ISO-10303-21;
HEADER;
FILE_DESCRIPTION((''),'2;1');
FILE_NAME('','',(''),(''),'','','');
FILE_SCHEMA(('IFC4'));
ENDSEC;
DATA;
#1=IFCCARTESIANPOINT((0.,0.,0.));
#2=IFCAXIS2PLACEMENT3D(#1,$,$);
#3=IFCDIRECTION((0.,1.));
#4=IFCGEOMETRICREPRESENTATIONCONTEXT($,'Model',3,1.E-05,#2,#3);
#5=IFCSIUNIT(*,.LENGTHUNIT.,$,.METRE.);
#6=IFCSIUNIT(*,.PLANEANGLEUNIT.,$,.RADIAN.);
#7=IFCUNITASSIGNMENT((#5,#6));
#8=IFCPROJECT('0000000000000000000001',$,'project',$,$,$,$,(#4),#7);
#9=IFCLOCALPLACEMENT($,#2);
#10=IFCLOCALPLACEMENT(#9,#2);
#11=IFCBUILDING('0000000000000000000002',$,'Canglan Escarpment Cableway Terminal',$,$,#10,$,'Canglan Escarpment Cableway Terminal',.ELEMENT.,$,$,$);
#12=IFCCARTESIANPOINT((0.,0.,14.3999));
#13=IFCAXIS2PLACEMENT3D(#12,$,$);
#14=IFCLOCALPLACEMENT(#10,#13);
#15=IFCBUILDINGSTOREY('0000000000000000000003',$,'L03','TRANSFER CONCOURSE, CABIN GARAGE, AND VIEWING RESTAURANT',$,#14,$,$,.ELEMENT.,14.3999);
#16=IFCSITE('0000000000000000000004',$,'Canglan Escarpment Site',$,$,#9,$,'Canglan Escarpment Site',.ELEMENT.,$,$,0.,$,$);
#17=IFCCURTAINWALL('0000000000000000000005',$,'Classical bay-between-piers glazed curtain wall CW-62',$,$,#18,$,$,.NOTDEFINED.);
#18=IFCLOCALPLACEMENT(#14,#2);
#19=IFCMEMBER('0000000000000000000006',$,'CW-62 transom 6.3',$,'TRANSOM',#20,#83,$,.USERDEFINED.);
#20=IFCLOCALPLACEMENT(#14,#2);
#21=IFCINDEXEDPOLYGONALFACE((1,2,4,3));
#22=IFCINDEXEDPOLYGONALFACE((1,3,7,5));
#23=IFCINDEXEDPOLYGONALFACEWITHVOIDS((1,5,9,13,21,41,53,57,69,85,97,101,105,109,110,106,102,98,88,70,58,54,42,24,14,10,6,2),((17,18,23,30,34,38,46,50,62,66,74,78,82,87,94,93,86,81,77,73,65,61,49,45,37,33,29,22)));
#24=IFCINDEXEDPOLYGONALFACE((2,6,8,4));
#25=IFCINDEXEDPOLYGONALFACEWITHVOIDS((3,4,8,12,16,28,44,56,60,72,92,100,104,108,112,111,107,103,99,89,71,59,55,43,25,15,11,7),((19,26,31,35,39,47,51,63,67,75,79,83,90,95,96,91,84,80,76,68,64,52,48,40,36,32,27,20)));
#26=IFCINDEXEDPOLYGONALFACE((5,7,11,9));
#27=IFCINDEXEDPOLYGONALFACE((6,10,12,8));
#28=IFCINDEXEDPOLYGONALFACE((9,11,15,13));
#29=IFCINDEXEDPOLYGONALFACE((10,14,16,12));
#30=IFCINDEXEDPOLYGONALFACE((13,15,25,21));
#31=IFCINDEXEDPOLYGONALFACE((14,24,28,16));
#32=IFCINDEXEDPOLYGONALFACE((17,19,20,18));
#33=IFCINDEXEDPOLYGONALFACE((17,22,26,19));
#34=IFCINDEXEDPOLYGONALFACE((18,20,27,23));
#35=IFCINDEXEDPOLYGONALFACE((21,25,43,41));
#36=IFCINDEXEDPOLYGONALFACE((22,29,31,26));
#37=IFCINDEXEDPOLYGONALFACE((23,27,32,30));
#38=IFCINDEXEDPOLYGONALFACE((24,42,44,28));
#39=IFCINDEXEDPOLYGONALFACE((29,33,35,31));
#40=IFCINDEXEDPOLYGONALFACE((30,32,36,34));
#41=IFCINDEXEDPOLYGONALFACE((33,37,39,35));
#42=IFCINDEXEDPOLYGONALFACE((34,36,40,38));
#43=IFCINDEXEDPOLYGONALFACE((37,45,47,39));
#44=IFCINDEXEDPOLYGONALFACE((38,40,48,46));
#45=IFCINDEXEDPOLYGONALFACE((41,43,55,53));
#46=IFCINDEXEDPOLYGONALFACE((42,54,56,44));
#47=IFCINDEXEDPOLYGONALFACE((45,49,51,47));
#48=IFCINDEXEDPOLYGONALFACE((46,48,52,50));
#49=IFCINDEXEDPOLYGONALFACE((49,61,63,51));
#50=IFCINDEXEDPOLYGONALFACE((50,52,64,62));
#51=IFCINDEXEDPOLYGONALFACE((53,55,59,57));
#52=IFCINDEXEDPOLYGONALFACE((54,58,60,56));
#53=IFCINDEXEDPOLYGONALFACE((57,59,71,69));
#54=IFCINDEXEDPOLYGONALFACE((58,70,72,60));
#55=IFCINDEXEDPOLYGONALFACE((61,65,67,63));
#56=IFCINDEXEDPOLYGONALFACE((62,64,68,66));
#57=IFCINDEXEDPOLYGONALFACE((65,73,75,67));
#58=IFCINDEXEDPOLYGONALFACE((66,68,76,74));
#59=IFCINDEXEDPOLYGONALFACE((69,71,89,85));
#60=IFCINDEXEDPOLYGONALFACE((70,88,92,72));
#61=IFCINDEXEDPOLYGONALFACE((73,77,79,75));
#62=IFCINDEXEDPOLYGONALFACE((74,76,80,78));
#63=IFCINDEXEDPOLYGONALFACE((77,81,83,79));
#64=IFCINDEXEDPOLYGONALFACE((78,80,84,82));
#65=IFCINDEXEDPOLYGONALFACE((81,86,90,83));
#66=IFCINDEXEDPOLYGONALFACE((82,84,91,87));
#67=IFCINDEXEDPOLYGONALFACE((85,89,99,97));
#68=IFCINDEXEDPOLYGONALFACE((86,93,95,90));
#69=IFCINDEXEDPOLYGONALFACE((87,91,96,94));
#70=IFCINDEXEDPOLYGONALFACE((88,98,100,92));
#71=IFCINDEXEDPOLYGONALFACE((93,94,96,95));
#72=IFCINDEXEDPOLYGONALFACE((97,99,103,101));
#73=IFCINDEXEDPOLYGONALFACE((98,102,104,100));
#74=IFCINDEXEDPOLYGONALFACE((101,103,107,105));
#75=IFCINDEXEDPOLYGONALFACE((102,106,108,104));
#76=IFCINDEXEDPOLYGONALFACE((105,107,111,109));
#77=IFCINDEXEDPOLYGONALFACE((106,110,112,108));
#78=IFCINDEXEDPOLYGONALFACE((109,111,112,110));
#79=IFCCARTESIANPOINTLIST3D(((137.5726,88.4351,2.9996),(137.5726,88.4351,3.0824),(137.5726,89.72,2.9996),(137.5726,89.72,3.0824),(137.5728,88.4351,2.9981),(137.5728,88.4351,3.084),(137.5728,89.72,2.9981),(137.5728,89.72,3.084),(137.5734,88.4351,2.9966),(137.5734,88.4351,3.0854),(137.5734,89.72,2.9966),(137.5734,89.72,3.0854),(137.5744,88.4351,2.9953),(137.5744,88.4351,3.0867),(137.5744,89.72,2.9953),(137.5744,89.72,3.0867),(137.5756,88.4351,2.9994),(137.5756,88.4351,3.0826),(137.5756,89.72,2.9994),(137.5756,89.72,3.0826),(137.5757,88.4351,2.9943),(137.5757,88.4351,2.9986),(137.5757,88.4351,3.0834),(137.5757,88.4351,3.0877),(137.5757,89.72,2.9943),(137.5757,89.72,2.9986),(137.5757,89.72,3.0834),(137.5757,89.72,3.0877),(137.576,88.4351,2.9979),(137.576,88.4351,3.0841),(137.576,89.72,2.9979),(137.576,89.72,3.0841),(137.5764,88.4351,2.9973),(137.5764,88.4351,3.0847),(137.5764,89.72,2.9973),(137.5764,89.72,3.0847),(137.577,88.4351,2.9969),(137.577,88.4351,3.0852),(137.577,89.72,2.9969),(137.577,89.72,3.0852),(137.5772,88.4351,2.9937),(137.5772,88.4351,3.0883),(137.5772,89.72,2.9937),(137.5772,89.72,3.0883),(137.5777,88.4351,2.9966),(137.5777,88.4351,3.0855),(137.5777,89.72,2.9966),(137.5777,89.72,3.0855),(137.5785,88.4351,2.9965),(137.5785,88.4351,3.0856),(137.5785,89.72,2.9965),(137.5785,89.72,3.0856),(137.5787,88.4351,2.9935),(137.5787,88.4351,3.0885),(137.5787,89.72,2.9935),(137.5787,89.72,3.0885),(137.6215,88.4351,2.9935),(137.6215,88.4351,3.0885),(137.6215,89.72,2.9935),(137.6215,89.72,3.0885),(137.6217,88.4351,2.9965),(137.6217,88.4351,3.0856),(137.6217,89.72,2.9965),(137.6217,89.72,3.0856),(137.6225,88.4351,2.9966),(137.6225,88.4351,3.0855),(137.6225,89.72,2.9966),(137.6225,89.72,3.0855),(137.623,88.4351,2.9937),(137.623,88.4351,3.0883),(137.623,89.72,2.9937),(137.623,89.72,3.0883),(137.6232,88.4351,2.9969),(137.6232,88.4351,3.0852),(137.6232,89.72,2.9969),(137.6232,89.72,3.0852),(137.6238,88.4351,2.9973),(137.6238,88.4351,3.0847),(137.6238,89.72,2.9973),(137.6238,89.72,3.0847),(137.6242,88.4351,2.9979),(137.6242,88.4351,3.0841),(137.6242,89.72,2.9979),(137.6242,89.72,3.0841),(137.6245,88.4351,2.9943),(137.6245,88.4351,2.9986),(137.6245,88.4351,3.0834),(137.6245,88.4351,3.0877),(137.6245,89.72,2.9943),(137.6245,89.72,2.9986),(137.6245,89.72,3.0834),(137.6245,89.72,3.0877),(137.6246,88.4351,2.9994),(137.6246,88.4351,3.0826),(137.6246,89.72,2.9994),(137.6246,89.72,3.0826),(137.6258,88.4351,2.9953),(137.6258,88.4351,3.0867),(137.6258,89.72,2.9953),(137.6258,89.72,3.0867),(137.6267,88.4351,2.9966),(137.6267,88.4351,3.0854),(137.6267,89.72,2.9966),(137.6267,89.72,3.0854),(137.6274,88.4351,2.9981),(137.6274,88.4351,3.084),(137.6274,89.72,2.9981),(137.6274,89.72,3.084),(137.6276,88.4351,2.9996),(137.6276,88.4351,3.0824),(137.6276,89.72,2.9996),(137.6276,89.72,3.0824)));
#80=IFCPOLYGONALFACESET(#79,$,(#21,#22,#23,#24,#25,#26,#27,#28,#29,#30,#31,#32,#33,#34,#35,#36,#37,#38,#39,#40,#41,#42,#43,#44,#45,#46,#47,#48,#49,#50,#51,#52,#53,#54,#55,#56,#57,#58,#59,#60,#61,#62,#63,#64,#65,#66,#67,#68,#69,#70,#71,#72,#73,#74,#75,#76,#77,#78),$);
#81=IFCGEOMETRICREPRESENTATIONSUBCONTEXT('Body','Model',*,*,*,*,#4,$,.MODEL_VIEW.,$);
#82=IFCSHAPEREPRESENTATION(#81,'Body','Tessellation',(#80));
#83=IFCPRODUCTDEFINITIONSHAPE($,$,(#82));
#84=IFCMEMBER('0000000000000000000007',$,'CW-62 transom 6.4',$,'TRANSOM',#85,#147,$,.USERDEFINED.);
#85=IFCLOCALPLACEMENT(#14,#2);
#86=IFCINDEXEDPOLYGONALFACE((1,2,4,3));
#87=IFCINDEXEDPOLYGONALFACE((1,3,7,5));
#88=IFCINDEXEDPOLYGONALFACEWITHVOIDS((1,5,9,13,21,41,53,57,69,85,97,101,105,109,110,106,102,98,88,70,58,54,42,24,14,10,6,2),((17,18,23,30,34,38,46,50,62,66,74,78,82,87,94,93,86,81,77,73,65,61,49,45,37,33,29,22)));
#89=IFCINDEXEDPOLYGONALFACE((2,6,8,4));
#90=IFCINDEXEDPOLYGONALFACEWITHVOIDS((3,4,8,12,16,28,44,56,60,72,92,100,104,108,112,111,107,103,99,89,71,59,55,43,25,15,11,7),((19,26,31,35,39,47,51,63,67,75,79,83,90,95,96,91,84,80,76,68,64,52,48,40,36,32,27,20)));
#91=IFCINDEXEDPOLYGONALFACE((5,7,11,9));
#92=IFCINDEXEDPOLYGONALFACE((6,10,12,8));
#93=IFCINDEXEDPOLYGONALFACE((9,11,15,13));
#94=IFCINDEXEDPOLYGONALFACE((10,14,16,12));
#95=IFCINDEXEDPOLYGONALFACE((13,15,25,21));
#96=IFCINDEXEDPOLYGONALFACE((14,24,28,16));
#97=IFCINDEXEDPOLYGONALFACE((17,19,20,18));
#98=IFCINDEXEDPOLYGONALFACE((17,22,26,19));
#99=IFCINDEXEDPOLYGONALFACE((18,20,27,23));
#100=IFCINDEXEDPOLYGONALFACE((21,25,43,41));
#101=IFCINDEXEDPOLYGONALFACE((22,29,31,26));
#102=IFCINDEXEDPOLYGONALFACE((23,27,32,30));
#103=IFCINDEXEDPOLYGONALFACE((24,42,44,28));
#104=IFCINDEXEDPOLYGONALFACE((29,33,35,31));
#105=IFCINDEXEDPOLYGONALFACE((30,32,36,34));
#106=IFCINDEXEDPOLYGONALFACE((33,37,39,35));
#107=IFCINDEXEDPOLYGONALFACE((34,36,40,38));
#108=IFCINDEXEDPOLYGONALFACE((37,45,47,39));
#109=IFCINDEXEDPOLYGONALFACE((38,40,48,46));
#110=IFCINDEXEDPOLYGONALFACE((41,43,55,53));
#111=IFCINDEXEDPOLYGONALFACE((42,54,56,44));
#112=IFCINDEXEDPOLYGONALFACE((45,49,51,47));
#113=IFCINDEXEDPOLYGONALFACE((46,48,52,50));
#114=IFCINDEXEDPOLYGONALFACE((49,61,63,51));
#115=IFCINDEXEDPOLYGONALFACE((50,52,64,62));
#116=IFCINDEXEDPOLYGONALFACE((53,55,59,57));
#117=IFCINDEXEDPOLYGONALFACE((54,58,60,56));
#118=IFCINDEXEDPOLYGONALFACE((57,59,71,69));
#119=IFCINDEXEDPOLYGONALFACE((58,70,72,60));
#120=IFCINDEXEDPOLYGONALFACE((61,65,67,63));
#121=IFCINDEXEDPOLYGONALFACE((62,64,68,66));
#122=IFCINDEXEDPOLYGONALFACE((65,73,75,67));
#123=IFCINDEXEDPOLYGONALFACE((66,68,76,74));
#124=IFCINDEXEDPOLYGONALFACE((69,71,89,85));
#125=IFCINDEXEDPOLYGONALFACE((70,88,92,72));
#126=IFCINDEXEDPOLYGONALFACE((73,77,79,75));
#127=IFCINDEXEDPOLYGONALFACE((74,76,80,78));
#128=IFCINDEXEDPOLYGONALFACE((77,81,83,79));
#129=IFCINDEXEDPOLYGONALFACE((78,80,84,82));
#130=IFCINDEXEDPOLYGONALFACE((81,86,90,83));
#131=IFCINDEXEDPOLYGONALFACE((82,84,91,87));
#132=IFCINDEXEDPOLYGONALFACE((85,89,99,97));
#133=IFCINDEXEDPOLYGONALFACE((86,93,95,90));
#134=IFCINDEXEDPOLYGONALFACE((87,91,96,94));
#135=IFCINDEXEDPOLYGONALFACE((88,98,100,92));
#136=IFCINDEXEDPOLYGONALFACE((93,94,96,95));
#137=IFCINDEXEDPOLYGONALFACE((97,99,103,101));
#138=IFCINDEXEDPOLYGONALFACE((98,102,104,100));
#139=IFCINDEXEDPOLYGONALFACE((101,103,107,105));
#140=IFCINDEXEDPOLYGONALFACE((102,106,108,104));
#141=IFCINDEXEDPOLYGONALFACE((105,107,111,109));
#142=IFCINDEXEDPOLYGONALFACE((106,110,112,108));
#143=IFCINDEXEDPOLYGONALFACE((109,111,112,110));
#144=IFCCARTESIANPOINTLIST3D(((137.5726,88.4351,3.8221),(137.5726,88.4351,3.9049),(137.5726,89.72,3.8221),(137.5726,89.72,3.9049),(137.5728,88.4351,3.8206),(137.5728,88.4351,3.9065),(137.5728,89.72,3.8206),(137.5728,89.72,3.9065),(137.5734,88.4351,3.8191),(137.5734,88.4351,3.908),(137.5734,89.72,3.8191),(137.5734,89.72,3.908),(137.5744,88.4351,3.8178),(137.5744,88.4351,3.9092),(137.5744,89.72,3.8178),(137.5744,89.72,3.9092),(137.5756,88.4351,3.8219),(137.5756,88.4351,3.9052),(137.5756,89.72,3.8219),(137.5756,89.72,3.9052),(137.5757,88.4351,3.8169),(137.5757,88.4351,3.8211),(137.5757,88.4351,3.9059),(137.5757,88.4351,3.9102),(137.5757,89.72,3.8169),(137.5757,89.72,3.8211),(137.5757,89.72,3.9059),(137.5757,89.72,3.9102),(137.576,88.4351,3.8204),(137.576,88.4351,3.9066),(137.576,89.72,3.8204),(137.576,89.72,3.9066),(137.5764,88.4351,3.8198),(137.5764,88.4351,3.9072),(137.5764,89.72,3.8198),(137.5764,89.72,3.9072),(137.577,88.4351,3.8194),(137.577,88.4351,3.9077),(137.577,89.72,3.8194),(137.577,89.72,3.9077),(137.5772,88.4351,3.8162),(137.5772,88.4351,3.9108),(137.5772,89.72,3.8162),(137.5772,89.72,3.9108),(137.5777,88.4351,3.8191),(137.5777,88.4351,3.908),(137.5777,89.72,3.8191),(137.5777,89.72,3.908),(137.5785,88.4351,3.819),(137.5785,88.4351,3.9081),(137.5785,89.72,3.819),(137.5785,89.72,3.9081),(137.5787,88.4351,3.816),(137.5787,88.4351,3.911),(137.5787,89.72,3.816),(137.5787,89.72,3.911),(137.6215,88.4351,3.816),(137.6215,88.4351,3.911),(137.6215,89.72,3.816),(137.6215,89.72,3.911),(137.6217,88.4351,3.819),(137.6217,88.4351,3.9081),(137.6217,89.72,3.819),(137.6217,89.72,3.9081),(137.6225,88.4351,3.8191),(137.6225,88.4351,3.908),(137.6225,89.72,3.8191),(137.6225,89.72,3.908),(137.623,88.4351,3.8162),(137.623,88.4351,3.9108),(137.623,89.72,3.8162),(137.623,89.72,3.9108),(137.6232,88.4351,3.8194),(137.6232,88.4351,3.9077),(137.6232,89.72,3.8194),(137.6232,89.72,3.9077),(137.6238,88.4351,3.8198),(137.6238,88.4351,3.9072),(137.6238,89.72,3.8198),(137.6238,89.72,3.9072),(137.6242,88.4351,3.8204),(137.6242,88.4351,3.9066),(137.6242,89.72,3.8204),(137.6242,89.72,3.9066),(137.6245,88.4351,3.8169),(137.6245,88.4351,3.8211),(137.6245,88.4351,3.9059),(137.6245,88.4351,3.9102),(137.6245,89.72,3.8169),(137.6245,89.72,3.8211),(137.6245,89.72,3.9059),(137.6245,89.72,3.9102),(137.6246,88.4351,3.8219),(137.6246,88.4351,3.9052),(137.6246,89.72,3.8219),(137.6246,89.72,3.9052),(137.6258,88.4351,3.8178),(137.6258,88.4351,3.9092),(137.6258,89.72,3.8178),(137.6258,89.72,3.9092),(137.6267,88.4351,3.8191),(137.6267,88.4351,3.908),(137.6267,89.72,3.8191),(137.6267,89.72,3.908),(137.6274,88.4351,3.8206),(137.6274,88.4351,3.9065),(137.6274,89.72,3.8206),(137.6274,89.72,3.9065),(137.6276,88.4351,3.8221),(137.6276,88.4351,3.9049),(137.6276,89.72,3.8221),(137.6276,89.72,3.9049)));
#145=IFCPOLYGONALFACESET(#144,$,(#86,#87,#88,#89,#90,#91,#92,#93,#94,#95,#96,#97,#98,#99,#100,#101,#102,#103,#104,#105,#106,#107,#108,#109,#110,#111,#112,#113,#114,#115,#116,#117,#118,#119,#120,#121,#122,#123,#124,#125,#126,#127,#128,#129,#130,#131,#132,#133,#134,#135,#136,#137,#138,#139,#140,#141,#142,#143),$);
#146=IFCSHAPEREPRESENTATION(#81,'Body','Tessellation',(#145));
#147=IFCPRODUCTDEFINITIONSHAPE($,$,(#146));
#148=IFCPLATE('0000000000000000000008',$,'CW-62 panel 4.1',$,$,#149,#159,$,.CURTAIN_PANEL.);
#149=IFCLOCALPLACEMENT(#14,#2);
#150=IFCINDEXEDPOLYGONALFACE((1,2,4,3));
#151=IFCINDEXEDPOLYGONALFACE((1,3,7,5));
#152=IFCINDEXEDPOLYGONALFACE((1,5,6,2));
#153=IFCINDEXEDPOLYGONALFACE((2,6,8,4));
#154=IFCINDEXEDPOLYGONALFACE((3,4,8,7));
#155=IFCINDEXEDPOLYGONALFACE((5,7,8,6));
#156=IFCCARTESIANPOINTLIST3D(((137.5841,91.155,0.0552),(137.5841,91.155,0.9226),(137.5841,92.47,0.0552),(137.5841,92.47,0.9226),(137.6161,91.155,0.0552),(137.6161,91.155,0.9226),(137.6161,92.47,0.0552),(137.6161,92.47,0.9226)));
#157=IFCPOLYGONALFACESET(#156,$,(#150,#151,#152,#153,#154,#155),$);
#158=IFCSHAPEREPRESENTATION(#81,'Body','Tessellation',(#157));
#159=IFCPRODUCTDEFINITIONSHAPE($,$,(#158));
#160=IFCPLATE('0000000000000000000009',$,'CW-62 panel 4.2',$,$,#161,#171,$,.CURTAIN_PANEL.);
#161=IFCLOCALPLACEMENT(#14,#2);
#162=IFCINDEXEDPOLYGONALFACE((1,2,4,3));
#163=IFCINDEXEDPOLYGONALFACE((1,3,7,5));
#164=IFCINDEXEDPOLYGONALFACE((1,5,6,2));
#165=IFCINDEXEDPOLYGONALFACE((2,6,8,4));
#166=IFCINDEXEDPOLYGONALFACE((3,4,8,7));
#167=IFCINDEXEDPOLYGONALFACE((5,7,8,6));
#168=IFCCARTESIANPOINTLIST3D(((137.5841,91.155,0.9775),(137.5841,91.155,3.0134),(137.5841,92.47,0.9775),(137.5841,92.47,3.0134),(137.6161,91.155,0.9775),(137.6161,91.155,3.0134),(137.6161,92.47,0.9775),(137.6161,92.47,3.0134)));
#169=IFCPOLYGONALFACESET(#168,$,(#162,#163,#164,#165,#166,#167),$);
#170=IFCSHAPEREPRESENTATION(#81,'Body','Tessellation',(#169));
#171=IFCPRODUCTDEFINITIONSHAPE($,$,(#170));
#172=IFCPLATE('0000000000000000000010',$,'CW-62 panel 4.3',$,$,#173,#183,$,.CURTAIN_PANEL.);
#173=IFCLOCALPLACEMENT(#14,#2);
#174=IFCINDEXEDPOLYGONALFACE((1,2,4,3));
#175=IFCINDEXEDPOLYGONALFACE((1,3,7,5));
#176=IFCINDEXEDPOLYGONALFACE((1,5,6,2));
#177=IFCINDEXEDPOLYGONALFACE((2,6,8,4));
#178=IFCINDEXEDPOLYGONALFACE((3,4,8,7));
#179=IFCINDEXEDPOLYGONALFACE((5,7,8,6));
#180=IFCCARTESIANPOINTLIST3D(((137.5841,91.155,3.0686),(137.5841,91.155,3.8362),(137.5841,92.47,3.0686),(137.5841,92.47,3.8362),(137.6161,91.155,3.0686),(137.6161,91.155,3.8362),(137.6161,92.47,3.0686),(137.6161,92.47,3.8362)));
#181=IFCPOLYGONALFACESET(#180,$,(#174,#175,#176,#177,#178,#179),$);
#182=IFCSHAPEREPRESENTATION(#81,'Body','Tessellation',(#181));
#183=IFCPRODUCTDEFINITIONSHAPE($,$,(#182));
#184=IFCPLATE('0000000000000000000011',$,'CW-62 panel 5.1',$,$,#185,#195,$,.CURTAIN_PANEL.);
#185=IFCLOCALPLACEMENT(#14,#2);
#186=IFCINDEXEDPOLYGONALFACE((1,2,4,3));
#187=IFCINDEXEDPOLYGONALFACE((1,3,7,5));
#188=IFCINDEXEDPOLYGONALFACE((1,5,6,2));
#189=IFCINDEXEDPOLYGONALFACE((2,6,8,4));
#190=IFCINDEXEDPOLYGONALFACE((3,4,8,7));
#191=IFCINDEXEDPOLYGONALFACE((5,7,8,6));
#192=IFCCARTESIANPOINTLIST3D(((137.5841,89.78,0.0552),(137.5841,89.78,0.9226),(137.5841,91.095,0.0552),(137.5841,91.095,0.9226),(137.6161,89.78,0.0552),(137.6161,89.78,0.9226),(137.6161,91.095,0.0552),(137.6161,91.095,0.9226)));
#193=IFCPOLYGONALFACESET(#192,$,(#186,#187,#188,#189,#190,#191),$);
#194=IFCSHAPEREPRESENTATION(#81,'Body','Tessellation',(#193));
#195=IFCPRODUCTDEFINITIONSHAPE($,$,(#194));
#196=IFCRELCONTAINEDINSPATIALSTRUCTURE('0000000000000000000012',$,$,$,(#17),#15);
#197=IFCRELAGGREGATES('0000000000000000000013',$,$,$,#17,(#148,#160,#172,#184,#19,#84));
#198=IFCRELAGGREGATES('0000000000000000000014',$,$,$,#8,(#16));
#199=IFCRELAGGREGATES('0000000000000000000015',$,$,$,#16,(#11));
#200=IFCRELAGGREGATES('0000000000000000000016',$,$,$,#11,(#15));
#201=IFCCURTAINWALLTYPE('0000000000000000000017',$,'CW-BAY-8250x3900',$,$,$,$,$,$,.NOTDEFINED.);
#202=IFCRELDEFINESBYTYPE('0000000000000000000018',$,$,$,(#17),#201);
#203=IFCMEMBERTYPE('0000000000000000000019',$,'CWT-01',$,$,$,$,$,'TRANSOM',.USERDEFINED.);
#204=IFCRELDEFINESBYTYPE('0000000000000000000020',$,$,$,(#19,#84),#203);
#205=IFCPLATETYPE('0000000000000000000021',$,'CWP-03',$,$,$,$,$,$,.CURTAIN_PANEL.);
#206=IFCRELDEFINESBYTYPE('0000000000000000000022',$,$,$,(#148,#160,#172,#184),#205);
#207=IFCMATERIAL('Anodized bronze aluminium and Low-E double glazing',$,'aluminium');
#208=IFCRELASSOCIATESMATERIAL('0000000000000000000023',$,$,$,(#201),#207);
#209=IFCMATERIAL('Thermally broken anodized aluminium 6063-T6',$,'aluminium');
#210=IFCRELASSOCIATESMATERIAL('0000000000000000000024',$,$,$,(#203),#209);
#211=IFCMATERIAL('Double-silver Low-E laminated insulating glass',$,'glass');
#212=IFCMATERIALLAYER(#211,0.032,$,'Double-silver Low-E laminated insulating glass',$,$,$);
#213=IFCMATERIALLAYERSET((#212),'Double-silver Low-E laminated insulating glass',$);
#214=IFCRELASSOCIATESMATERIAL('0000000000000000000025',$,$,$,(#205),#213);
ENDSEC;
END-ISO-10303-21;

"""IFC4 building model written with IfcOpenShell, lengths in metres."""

from ifc_helpers import new_model, si_unit, direction, frame, origin, origin_2d, place, context, subcontext, project, spatial, rectangle, hollow_rectangle, extrude, material, layer, layer_set, material_profile, profile_set, type_object, element, aggregate, save


model = new_model("IFC4")

# Units and contexts
model_context = context("Model", 3, precision=1e-05, world=origin(), true_north=direction((0.0, 1.0)))
body_context = subcontext(model_context, "Body", "Model", "MODEL_VIEW")
ifc_project = project(units=[si_unit("LENGTHUNIT", "METRE"), si_unit("PLANEANGLEUNIT", "RADIAN")], contexts=[model_context])

# Site, building, storey
site_placement = place(None, origin())
site = spatial("IfcSite", under=ifc_project, at=site_placement, Name="Canglan Escarpment Site", LongName="Canglan Escarpment Site", CompositionType="ELEMENT", RefElevation=0.0)
building_placement = place(site_placement, origin())
building = spatial("IfcBuilding", under=site, at=building_placement, Name="Canglan Escarpment Cableway Terminal", LongName="Canglan Escarpment Cableway Terminal", CompositionType="ELEMENT")
storey_placement = place(building_placement, frame((0.0, 0.0, 14.3999)))
storey = spatial("IfcBuildingStorey", under=building, at=storey_placement, Name="L03", Description="TRANSFER CONCOURSE, CABIN GARAGE, AND VIEWING RESTAURANT", CompositionType="ELEMENT", Elevation=14.3999)

# Curtain wall, members, plates
ifc_material_1 = material(Name="Anodized bronze aluminium and Low-E double glazing", Category="aluminium")
curtain_wall_type = type_object("IfcCurtainWallType", Name="CW-BAY-8250x3900", PredefinedType="NOTDEFINED", material=ifc_material_1)
curtain_wall_placement = place(storey_placement, origin())
curtain_wall = element("IfcCurtainWall", 1, at=curtain_wall_placement, inside=storey, type_object=curtain_wall_type, Name="Classical bay-between-piers glazed curtain wall CW-62", PredefinedType="NOTDEFINED")
ifc_material_2 = material(Name="Thermally broken anodized aluminium 6063-T6", Category="aluminium")
ifc_material_profile_1 = material_profile(ifc_material_2, hollow_rectangle(XDim=0.0549, YDim=0.095, WallThickness=0.0029, InnerFilletRadius=0.0029, OuterFilletRadius=0.0061, at=origin_2d()), Name="ALU-TRAN 55x95x3")
ifc_profile_set_1 = profile_set([ifc_material_profile_1], Name="Thermally broken anodized aluminium 6063-T6")
member_type_1 = type_object("IfcMemberType", Name="CWT-01", ElementType="TRANSOM", PredefinedType="USERDEFINED", material=ifc_profile_set_1)
member_1_placement = place(storey_placement, frame((137.6001, 89.72, 3.041), z_axis=(0.0, -1.0, 0.0), x_axis=(1.0, 0.0, 0.0)))
member_1 = element("IfcMember", 2, at=member_1_placement, type_object=member_type_1, Name="CW-62 transom 6.3", ObjectType="TRANSOM", PredefinedType="USERDEFINED", context=body_context, shape_type="SweptSolid", body=[
    extrude(hollow_rectangle(XDim=0.0549, YDim=0.095, WallThickness=0.0029, InnerFilletRadius=0.0029, OuterFilletRadius=0.0061, at=origin_2d()), origin(), (0.0, 0.0, 1.0), 1.2849),
])
member_2_placement = place(storey_placement, frame((137.6001, 89.72, 3.8635), z_axis=(0.0, -1.0, 0.0), x_axis=(1.0, 0.0, 0.0)))
member_2 = element("IfcMember", 3, at=member_2_placement, type_object=member_type_1, Name="CW-62 transom 6.4", ObjectType="TRANSOM", PredefinedType="USERDEFINED", context=body_context, shape_type="SweptSolid", body=[
    extrude(hollow_rectangle(XDim=0.0549, YDim=0.095, WallThickness=0.0029, InnerFilletRadius=0.0029, OuterFilletRadius=0.0061, at=origin_2d()), origin(), (0.0, 0.0, 1.0), 1.2849),
])
ifc_material_3 = material(Name="Double-silver Low-E laminated insulating glass", Category="glass")
ifc_layer_1 = layer(ifc_material_3, 0.032, Name="Double-silver Low-E laminated insulating glass")
ifc_layer_set_1 = layer_set([ifc_layer_1], Name="Double-silver Low-E laminated insulating glass")
plate_type = type_object("IfcPlateType", Name="CWP-03", PredefinedType="CURTAIN_PANEL", material=ifc_layer_set_1)
plate_1_placement = place(storey_placement, frame((137.6001, 91.8125, 0.0552), z_axis=(0.0, 0.0, 1.0), x_axis=(0.0, -1.0, 0.0)))
plate_1 = element("IfcPlate", 4, at=plate_1_placement, type_object=plate_type, Name="CW-62 panel 4.1", PredefinedType="CURTAIN_PANEL", context=body_context, shape_type="SweptSolid", body=[
    extrude(rectangle(XDim=1.3149, YDim=0.032, at=origin_2d()), origin(), (0.0, 0.0, 1.0), 0.8674),
])
plate_2_placement = place(storey_placement, frame((137.6001, 91.8125, 0.9775), z_axis=(0.0, 0.0, 1.0), x_axis=(0.0, -1.0, 0.0)))
plate_2 = element("IfcPlate", 5, at=plate_2_placement, type_object=plate_type, Name="CW-62 panel 4.2", PredefinedType="CURTAIN_PANEL", context=body_context, shape_type="SweptSolid", body=[
    extrude(rectangle(XDim=1.3149, YDim=0.032, at=origin_2d()), origin(), (0.0, 0.0, 1.0), 2.0359),
])
plate_3_placement = place(storey_placement, frame((137.6001, 91.8125, 3.0686), z_axis=(0.0, 0.0, 1.0), x_axis=(0.0, -1.0, 0.0)))
plate_3 = element("IfcPlate", 6, at=plate_3_placement, type_object=plate_type, Name="CW-62 panel 4.3", PredefinedType="CURTAIN_PANEL", context=body_context, shape_type="SweptSolid", body=[
    extrude(rectangle(XDim=1.3149, YDim=0.032, at=origin_2d()), origin(), (0.0, 0.0, 1.0), 0.7676),
])
plate_4_placement = place(storey_placement, frame((137.6001, 90.4375, 0.0552), z_axis=(0.0, 0.0, 1.0), x_axis=(0.0, -1.0, 0.0)))
plate_4 = element("IfcPlate", 7, at=plate_4_placement, type_object=plate_type, Name="CW-62 panel 5.1", PredefinedType="CURTAIN_PANEL", context=body_context, shape_type="SweptSolid", body=[
    extrude(rectangle(XDim=1.3149, YDim=0.032, at=origin_2d()), origin(), (0.0, 0.0, 1.0), 0.8674),
])
aggregate(curtain_wall, [plate_1, plate_2, plate_3, plate_4, member_1, member_2])

save(model, "model.ifc")
